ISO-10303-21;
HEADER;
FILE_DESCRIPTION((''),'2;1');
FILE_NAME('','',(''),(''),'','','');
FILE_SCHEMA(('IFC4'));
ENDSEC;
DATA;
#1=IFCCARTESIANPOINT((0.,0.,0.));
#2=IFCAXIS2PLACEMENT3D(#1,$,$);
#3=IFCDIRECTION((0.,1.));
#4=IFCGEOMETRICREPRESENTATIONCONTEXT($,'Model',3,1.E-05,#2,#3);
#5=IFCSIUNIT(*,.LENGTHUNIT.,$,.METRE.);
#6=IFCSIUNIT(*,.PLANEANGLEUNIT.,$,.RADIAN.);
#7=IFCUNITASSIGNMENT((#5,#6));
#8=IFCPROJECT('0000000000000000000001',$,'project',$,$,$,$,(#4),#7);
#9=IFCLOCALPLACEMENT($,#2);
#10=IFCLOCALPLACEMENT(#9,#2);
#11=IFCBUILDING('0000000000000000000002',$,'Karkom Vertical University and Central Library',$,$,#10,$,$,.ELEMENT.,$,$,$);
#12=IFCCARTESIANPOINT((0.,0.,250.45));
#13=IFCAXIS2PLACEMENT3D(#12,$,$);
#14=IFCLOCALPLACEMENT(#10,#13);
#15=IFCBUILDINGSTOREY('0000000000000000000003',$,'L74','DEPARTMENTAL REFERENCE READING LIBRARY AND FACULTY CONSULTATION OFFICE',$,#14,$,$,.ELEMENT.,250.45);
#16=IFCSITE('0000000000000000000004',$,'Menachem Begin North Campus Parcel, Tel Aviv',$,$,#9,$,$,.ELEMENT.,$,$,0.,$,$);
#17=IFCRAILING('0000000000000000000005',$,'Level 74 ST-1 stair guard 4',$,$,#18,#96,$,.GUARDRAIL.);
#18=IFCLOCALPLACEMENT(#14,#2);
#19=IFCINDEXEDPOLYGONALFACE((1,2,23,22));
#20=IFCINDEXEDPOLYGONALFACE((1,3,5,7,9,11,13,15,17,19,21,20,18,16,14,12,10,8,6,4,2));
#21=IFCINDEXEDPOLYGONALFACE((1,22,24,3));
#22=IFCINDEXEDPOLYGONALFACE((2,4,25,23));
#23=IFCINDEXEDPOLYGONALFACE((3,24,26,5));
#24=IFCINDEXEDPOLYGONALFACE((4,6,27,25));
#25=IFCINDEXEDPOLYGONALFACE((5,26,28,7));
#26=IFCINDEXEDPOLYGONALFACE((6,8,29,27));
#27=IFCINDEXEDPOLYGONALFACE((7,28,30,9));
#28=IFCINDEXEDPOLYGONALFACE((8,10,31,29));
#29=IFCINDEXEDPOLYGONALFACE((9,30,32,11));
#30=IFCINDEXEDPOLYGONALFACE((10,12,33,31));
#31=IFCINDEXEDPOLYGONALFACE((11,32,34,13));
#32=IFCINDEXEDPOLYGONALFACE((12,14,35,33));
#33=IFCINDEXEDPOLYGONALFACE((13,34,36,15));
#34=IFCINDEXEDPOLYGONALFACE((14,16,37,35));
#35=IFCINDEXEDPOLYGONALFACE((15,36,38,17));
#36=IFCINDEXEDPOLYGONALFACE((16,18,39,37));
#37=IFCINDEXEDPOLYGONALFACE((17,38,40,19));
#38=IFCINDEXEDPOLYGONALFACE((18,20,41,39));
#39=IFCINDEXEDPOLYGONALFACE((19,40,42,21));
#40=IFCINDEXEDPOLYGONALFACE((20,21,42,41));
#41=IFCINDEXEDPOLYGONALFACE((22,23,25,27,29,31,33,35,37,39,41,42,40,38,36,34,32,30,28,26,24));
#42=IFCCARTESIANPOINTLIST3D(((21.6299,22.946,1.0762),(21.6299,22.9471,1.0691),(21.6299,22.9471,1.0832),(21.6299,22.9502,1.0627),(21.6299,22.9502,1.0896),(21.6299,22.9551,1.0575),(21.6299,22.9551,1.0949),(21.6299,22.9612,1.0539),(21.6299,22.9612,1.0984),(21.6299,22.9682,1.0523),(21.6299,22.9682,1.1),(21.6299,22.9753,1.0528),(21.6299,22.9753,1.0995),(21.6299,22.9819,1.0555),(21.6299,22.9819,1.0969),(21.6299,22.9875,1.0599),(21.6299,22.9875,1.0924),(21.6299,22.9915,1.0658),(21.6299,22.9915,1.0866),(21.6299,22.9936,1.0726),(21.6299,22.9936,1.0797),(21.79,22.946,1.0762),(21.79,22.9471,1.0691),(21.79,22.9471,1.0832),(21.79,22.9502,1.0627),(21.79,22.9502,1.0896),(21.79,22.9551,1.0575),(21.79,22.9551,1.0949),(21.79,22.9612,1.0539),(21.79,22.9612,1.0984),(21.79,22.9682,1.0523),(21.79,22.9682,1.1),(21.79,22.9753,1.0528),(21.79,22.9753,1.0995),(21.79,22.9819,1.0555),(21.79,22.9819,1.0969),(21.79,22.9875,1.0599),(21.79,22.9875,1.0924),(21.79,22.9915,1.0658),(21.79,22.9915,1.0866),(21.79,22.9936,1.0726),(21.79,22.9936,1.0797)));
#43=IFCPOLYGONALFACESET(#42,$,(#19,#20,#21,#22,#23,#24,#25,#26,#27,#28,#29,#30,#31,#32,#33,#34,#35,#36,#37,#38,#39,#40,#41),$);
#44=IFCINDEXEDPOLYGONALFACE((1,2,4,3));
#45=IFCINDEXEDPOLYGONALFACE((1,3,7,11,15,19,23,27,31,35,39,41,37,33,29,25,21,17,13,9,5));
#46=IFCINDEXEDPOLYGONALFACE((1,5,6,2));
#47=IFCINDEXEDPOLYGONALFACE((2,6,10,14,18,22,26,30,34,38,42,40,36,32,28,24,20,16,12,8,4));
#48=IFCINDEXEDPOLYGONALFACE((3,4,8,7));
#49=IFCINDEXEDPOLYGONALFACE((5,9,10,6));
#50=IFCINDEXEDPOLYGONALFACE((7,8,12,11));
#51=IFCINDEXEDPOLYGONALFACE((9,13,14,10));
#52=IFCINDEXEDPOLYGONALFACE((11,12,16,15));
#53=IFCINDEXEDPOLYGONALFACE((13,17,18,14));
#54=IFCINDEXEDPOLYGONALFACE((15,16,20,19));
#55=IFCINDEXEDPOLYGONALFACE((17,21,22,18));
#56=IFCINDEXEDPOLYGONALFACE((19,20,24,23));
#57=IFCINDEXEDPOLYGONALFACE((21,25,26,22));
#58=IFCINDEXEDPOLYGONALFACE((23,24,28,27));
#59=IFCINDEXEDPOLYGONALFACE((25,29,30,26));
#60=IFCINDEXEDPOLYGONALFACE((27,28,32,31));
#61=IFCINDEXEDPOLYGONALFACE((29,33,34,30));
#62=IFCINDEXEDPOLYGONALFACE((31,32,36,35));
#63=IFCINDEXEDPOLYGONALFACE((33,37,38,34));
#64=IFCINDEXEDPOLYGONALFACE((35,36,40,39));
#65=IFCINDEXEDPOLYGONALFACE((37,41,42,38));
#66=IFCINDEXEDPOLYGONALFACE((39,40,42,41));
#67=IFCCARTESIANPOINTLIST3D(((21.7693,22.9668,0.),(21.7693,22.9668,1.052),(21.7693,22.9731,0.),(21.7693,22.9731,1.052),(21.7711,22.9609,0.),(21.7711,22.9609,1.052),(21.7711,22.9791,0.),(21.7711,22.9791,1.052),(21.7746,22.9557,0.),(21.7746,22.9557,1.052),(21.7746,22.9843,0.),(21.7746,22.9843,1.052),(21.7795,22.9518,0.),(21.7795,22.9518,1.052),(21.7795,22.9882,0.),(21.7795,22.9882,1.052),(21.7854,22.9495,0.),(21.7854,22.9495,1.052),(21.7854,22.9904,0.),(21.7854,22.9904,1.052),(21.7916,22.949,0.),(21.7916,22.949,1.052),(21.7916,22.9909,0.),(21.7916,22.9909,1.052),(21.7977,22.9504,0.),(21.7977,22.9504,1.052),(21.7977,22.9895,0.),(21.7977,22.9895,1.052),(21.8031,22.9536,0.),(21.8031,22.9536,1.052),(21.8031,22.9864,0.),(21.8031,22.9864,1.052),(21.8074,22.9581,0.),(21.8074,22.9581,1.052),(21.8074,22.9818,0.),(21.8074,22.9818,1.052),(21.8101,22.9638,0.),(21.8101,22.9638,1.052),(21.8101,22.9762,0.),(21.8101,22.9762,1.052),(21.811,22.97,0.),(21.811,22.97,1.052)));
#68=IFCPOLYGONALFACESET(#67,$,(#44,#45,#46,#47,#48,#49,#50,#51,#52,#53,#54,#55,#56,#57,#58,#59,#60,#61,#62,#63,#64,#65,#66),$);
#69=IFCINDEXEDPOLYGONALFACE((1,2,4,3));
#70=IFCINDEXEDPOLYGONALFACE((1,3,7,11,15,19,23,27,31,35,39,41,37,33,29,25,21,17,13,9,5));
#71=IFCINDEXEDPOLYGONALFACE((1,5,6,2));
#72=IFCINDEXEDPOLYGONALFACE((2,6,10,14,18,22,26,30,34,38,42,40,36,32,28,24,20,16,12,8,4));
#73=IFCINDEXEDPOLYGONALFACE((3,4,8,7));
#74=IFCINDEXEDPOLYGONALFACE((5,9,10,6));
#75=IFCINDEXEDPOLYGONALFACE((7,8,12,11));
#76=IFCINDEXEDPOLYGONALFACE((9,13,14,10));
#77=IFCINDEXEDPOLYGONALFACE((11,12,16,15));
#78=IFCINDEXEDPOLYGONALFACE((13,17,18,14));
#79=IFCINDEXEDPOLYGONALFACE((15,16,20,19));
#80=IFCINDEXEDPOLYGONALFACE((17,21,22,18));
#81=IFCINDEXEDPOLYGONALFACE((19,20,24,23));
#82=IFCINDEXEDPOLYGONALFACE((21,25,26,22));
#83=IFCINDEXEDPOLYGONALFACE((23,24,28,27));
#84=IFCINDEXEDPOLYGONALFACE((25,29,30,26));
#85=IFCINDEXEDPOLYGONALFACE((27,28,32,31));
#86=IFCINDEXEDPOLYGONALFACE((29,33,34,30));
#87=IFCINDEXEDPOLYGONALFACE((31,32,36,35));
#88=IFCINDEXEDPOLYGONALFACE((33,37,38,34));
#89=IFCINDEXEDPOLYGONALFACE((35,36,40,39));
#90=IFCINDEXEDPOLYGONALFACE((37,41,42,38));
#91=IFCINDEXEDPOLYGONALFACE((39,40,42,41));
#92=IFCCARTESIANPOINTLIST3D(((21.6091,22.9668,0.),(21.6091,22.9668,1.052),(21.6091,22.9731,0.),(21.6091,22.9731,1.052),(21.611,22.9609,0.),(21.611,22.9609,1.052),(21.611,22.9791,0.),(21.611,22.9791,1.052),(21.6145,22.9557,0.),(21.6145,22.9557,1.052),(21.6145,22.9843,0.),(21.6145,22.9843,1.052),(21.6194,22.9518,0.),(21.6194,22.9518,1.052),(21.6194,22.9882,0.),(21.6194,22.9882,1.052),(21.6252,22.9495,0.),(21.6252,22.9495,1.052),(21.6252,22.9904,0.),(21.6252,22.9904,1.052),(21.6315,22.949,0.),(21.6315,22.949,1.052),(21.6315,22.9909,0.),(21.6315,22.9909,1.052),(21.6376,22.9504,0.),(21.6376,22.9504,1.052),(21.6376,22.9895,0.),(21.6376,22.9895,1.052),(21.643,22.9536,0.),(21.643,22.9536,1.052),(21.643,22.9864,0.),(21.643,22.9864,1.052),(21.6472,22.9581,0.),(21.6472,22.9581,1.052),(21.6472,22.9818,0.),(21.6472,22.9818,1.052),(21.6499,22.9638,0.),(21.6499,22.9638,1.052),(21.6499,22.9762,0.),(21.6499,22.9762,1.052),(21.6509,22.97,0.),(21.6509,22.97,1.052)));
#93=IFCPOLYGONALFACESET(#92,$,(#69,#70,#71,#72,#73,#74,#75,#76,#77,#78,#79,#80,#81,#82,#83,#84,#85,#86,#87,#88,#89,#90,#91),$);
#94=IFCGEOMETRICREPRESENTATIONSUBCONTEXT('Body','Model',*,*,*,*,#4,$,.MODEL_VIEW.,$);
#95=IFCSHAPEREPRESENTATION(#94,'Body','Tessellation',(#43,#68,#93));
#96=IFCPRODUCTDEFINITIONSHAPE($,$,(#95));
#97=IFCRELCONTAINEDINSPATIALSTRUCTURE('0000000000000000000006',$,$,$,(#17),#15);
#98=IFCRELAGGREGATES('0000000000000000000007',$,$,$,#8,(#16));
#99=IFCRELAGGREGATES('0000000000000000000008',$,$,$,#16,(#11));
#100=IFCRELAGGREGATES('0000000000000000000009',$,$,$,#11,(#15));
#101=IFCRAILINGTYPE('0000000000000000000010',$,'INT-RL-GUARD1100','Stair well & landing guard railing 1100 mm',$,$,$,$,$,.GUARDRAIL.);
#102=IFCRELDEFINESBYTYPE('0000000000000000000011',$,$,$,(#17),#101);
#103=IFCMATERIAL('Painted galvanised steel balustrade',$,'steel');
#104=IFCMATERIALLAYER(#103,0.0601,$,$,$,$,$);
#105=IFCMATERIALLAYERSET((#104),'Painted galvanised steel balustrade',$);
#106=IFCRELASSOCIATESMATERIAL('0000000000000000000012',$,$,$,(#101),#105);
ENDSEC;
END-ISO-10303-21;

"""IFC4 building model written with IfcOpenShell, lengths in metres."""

from ifc_helpers import new_model, si_unit, direction, frame, origin, origin_2d, place, context, subcontext, project, spatial, circle, extrude, material, layer, layer_set, type_object, element, save


model = new_model("IFC4")

# Units and contexts
model_context = context("Model", 3, precision=1e-05, world=origin(), true_north=direction((0.0, 1.0)))
body_context = subcontext(model_context, "Body", "Model", "MODEL_VIEW")
ifc_project = project(units=[si_unit("LENGTHUNIT", "METRE"), si_unit("PLANEANGLEUNIT", "RADIAN")], contexts=[model_context])

# Site, building, storey
site_placement = place(None, origin())
site = spatial("IfcSite", under=ifc_project, at=site_placement, Name="Menachem Begin North Campus Parcel, Tel Aviv", CompositionType="ELEMENT", RefElevation=0.0)
building_placement = place(site_placement, origin())
building = spatial("IfcBuilding", under=site, at=building_placement, Name="Karkom Vertical University and Central Library", CompositionType="ELEMENT")
storey_placement = place(building_placement, frame((0.0, 0.0, 250.45)))
storey = spatial("IfcBuildingStorey", under=building, at=storey_placement, Name="L74", Description="DEPARTMENTAL REFERENCE READING LIBRARY AND FACULTY CONSULTATION OFFICE", CompositionType="ELEMENT", Elevation=250.45)

# Railing
ifc_material_1 = material(Name="Painted galvanised steel balustrade", Category="steel")
ifc_layer_1 = layer(ifc_material_1, 0.0601)
ifc_layer_set_1 = layer_set([ifc_layer_1], Name="Painted galvanised steel balustrade")
railing_type_1 = type_object("IfcRailingType", Name="INT-RL-GUARD1100", Description="Stair well & landing guard railing 1100 mm", PredefinedType="GUARDRAIL", material=ifc_layer_set_1)
railing_1_placement = place(storey_placement, frame((21.79, 22.97, 0.0)))
element("IfcRailing", 1, at=railing_1_placement, inside=storey, type_object=railing_type_1, Name="Level 74 ST-1 stair guard 4", PredefinedType="GUARDRAIL", context=body_context, shape_type="SweptSolid", body=[
    extrude(circle(Radius=0.0239, at=origin_2d()), frame((0.0, 0.0, 1.0762), z_axis=(-1.0, 0.0, 0.0), x_axis=(0.0, -1.0, 0.0)), (0.0, 0.0, 1.0), 0.1602),
    extrude(circle(Radius=0.021, at=origin_2d()), origin(), (0.0, 0.0, 1.0), 1.052),
    extrude(circle(Radius=0.021, at=origin_2d()), frame((-0.1602, 0.0, 0.0)), (0.0, 0.0, 1.0), 1.052),
])

save(model, "model.ifc")
